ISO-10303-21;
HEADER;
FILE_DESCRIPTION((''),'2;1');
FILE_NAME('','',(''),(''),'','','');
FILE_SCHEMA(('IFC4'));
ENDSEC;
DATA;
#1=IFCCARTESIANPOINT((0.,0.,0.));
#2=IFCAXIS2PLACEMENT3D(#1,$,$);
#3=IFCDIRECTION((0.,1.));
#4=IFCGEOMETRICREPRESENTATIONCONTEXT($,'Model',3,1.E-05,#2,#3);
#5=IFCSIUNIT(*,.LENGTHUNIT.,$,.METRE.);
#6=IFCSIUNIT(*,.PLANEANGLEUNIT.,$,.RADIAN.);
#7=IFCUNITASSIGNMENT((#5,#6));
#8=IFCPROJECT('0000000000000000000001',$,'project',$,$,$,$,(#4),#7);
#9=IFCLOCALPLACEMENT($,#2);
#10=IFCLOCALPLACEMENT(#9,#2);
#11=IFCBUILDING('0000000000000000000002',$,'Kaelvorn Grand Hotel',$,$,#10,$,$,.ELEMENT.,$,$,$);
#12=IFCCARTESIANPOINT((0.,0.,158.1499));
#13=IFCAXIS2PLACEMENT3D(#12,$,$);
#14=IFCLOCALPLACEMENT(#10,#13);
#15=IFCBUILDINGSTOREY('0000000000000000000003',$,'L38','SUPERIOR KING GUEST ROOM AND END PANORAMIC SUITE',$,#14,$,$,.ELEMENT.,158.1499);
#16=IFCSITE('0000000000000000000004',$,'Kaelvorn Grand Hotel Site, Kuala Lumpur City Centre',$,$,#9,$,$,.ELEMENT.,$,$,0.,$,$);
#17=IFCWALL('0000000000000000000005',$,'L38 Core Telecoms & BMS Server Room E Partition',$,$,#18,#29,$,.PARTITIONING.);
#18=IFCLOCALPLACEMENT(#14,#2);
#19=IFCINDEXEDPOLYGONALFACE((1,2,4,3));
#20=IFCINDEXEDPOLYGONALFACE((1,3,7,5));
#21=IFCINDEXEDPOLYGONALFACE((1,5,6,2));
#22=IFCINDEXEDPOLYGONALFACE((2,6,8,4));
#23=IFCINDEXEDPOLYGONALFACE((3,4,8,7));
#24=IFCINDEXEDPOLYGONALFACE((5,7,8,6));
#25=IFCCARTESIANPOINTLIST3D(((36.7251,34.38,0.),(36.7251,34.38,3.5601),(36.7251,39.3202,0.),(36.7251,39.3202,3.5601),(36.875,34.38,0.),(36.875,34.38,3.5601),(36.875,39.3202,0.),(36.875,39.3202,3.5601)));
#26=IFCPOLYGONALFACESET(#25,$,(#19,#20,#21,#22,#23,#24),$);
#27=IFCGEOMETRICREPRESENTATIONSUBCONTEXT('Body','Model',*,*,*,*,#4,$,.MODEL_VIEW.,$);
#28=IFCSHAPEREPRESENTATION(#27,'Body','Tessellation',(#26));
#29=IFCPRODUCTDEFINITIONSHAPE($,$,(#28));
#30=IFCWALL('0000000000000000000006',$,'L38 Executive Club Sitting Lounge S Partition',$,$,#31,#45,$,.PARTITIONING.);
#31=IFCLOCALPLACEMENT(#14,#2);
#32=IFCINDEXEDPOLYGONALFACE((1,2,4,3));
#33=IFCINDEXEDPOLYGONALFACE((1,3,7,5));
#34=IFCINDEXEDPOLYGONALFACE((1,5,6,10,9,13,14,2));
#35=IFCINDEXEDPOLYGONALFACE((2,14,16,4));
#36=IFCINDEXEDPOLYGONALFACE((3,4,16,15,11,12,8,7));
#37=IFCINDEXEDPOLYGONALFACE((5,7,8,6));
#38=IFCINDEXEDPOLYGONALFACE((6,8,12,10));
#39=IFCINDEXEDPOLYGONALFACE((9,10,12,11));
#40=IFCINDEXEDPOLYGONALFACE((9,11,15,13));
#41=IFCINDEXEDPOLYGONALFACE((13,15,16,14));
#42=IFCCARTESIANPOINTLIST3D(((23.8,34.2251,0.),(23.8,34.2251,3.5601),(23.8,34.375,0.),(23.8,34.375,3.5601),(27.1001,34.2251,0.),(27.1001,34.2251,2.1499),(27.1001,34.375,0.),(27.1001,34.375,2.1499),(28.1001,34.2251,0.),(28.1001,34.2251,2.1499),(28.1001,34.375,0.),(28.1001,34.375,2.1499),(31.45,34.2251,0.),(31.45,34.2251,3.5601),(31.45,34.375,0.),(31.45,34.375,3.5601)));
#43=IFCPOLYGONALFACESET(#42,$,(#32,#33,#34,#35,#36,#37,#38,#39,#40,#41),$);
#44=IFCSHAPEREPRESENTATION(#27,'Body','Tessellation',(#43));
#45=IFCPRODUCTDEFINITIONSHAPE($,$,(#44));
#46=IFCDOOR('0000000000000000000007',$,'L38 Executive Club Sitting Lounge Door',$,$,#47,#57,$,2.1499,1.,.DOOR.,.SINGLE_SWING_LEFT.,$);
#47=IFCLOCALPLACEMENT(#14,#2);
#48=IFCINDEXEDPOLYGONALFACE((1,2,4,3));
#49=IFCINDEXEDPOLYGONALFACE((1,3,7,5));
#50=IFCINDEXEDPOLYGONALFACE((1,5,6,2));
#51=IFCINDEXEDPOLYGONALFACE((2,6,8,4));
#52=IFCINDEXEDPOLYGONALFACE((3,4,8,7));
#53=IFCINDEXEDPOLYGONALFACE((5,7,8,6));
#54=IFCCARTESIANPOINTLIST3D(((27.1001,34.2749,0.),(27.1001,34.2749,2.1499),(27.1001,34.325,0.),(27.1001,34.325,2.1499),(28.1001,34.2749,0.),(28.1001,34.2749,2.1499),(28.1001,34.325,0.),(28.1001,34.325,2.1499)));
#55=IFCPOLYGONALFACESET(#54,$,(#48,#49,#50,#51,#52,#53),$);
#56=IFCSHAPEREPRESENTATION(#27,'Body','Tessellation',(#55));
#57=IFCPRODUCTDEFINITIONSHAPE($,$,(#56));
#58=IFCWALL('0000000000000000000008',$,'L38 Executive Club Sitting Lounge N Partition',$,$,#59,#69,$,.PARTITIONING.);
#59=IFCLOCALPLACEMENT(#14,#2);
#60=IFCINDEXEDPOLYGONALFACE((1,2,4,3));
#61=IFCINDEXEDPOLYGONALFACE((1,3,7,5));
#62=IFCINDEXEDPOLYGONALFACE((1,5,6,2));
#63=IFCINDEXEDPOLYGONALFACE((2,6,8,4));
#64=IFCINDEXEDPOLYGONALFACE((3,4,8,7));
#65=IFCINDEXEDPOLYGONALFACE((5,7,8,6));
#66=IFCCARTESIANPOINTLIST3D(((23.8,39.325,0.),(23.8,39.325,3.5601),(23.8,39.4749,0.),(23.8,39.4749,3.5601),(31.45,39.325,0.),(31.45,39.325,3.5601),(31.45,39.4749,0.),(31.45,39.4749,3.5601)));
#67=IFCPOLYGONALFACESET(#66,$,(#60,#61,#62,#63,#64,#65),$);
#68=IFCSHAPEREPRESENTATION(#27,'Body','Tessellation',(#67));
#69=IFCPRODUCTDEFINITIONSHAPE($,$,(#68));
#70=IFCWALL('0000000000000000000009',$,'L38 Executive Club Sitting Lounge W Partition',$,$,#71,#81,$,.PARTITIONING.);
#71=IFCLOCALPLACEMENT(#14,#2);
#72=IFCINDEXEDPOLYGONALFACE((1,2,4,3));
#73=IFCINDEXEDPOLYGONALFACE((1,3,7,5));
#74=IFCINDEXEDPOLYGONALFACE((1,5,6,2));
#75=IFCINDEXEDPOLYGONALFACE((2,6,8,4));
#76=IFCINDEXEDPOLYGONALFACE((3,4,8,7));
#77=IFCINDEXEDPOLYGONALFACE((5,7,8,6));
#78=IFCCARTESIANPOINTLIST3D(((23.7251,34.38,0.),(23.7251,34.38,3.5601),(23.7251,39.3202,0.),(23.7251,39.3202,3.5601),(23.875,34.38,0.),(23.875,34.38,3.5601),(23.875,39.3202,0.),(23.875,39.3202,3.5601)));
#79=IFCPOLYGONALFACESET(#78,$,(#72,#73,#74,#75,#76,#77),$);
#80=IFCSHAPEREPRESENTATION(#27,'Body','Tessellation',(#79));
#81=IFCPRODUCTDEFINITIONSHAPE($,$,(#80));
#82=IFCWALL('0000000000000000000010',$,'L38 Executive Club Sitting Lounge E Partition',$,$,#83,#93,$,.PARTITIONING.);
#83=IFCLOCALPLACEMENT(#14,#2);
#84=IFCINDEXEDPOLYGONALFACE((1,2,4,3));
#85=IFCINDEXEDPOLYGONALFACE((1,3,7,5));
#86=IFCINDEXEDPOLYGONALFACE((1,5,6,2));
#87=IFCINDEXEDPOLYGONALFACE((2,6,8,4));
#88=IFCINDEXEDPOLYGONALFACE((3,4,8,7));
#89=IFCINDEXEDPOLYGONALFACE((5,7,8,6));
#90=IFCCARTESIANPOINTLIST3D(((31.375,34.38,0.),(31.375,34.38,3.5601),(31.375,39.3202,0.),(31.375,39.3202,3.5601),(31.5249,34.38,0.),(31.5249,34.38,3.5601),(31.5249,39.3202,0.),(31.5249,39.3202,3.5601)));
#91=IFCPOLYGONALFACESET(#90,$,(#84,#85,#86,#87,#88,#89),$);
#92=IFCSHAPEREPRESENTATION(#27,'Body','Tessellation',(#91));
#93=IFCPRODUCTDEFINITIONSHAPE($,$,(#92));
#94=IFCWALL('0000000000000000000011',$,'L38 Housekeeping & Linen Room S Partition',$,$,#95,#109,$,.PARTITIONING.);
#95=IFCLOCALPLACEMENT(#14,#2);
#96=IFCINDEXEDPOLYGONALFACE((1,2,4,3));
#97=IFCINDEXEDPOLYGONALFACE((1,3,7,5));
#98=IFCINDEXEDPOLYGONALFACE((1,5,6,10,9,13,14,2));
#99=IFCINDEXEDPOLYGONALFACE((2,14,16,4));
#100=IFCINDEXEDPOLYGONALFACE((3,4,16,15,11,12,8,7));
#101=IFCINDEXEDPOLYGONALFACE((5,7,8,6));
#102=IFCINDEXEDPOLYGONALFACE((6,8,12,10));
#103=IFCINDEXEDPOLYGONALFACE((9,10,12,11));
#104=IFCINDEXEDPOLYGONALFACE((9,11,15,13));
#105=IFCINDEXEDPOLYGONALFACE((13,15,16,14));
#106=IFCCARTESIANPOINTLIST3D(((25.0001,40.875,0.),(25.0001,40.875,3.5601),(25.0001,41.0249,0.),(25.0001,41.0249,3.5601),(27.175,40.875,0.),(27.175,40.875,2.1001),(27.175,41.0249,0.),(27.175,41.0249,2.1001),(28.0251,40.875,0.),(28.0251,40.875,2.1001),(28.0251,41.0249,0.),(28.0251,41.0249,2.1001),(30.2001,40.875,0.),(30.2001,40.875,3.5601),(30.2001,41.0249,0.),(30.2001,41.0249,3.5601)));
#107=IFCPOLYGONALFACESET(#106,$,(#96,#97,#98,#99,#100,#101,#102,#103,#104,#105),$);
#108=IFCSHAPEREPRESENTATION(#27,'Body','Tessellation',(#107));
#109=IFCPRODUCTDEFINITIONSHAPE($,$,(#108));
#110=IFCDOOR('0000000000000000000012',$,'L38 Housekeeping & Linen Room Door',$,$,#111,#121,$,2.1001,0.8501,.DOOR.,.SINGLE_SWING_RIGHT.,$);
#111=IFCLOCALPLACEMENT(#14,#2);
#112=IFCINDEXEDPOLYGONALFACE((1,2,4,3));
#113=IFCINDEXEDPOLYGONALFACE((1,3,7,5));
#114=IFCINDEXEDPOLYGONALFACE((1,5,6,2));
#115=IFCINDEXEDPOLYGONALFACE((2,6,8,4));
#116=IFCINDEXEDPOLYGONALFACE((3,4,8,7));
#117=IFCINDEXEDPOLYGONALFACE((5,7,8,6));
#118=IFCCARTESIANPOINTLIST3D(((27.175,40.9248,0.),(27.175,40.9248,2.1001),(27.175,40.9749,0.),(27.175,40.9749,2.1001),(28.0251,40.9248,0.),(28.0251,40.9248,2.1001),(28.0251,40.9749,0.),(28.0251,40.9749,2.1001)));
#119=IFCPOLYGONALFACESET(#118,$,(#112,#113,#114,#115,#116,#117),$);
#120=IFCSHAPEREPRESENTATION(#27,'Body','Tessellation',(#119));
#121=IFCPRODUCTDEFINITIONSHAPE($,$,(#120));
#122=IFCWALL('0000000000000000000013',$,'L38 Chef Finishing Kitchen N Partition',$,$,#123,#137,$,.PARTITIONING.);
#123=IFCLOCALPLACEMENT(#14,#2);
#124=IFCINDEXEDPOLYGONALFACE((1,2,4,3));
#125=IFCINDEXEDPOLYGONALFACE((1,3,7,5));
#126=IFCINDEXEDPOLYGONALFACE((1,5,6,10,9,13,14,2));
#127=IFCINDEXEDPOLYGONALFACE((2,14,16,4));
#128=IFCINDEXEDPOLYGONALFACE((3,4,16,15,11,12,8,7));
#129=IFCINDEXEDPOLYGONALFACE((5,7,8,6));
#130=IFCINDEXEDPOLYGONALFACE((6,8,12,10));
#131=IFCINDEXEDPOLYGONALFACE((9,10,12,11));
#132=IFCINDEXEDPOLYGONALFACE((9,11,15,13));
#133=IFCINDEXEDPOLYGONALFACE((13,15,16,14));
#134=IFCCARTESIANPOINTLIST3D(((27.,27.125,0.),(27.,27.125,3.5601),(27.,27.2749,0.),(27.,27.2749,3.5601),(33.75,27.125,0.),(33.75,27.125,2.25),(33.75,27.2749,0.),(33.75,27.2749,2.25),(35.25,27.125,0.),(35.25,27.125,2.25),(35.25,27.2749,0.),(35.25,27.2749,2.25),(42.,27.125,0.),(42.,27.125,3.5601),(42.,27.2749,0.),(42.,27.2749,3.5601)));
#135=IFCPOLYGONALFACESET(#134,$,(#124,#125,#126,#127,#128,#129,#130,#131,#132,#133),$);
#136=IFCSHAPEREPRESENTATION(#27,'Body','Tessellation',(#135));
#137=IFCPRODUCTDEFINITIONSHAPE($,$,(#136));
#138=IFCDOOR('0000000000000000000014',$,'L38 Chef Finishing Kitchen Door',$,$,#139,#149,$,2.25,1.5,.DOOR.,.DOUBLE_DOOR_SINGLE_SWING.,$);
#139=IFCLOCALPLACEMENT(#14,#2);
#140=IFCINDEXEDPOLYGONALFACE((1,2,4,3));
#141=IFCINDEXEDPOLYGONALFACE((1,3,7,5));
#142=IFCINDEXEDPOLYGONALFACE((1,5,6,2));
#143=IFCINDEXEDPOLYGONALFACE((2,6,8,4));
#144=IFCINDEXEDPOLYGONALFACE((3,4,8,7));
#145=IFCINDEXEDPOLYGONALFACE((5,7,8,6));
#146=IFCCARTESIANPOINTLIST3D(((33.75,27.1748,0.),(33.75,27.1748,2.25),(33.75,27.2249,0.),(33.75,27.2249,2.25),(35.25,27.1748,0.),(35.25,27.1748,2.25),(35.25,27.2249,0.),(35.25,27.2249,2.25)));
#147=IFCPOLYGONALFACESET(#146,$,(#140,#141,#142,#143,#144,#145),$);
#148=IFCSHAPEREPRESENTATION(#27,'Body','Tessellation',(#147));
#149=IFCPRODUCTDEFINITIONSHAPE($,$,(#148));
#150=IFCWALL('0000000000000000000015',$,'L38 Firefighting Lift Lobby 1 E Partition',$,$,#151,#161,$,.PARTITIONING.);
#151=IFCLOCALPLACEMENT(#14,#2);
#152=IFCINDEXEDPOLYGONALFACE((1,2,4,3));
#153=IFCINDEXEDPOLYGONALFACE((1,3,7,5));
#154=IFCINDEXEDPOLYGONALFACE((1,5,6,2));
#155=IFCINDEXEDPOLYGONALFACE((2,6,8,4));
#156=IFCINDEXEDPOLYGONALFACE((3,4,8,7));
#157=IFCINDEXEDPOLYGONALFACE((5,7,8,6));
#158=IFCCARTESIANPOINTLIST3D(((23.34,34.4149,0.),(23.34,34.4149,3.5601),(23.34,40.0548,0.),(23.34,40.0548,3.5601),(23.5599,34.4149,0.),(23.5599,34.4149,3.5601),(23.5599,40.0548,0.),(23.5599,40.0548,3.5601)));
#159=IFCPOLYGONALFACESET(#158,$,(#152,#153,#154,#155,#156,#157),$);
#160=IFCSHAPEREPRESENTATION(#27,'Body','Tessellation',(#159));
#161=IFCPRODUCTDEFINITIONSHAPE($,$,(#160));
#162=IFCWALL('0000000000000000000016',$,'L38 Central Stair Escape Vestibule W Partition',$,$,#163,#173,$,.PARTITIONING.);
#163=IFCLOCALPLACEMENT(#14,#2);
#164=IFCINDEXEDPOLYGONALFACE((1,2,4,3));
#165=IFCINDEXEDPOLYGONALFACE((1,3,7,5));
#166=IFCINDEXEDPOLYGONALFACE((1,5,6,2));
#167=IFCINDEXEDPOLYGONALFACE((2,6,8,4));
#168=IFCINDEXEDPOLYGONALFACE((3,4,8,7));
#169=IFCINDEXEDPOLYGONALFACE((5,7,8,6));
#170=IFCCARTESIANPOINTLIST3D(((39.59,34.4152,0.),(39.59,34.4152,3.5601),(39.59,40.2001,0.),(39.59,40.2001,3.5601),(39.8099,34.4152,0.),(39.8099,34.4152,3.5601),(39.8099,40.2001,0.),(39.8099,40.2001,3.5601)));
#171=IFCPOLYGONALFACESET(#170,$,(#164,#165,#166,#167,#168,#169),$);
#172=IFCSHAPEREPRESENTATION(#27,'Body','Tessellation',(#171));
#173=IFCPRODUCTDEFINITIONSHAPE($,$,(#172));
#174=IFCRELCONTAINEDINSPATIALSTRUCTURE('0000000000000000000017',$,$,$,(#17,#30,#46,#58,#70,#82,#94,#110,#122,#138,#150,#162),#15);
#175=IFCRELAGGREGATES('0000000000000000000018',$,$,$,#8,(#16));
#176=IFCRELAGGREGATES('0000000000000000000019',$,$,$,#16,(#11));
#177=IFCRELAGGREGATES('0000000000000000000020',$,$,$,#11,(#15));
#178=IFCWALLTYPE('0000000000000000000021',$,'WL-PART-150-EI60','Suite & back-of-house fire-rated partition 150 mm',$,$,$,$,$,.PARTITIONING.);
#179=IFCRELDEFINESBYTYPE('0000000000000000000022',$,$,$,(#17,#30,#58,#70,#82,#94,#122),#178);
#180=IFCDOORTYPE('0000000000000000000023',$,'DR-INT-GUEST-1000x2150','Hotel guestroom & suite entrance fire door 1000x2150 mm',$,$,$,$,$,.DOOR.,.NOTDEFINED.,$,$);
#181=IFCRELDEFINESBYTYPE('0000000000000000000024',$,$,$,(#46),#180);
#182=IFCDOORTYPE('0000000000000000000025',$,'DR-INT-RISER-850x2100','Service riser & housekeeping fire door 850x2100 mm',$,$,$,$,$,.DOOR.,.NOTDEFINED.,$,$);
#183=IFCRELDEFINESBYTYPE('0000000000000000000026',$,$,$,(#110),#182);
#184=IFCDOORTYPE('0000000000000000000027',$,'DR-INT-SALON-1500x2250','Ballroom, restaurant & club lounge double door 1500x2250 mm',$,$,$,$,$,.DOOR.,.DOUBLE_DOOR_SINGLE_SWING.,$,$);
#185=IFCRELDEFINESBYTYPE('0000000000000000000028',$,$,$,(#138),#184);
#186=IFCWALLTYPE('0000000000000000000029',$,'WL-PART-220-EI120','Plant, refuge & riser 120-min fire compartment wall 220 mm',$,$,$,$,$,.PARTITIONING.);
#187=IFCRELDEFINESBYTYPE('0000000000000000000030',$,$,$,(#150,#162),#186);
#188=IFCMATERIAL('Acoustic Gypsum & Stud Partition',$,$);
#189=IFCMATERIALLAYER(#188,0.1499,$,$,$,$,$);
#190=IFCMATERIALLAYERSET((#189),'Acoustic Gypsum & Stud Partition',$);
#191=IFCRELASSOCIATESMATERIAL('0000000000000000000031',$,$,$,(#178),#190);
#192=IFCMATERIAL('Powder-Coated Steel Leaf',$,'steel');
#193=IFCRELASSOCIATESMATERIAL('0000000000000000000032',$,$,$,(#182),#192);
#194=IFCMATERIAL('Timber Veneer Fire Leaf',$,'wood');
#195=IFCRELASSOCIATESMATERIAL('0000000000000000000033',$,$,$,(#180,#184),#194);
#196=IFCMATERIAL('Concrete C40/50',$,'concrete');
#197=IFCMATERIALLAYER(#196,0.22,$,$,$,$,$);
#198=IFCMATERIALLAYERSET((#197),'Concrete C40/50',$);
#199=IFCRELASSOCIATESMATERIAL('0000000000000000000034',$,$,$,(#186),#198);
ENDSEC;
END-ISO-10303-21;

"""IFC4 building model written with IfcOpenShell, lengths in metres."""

from ifc_helpers import new_model, si_unit, direction, frame, frame_2d, origin, place, context, subcontext, project, spatial, rectangle, extrude, material, layer, layer_set, type_object, element, fill, save


model = new_model("IFC4")

# Units and contexts
model_context = context("Model", 3, precision=1e-05, world=origin(), true_north=direction((0.0, 1.0)))
body_context = subcontext(model_context, "Body", "Model", "MODEL_VIEW")
ifc_project = project(units=[si_unit("LENGTHUNIT", "METRE"), si_unit("PLANEANGLEUNIT", "RADIAN")], contexts=[model_context])

# Site, building, storey
site_placement = place(None, origin())
site = spatial("IfcSite", under=ifc_project, at=site_placement, Name="Kaelvorn Grand Hotel Site, Kuala Lumpur City Centre", CompositionType="ELEMENT", RefElevation=0.0)
building_placement = place(site_placement, origin())
building = spatial("IfcBuilding", under=site, at=building_placement, Name="Kaelvorn Grand Hotel", CompositionType="ELEMENT")
storey_placement = place(building_placement, frame((0.0, 0.0, 158.1499)))
storey = spatial("IfcBuildingStorey", under=building, at=storey_placement, Name="L38", Description="SUPERIOR KING GUEST ROOM AND END PANORAMIC SUITE", CompositionType="ELEMENT", Elevation=158.1499)

# Shared definitions
ifc_material_1 = material(Name="Acoustic Gypsum & Stud Partition")
ifc_layer_1 = layer(ifc_material_1, 0.1499)
ifc_layer_set_1 = layer_set([ifc_layer_1], Name="Acoustic Gypsum & Stud Partition")
wall_type_1 = type_object("IfcWallType", Name="WL-PART-150-EI60", Description="Suite & back-of-house fire-rated partition 150 mm", PredefinedType="PARTITIONING", material=ifc_layer_set_1)
ifc_material_2 = material(Name="Powder-Coated Steel Leaf", Category="steel")
door_type_1 = type_object("IfcDoorType", Name="DR-INT-RISER-850x2100", Description="Service riser & housekeeping fire door 850x2100 mm", OperationType="NOTDEFINED", PredefinedType="DOOR", material=ifc_material_2)

# Wall
for number, where, z_axis, x_axis, name in (
    (1, (36.8, 34.3799, 0.0), (0.0, 0.0, 1.0), (0.0, 1.0, 0.0), "L38 Core Telecoms & BMS Server Room E Partition"),
):
    element("IfcWall", number, at=place(storey_placement, frame(where, z_axis=z_axis, x_axis=x_axis)), inside=storey, type_object=wall_type_1, Name=name, PredefinedType="PARTITIONING", context=body_context, shape_type="SweptSolid", body=[
        extrude(rectangle(XDim=4.9402, YDim=0.1499, at=frame_2d((2.4702, 0.0))), origin(), (0.0, 0.0, 1.0), 3.5601),
    ])

# Wall, opening, door
wall_1_placement = place(storey_placement, frame((23.8, 34.3, 0.0), z_axis=(0.0, 0.0, 1.0), x_axis=(1.0, 0.0, 0.0)))
wall_1 = element("IfcWall", 2, at=wall_1_placement, inside=storey, type_object=wall_type_1, Name="L38 Executive Club Sitting Lounge S Partition", PredefinedType="PARTITIONING", context=body_context, shape_type="SweptSolid", body=[
    extrude(rectangle(XDim=7.6499, YDim=0.1499, at=frame_2d((3.825, 0.0))), origin(), (0.0, 0.0, 1.0), 3.5601),
])
opening_1_placement = place(wall_1_placement, frame((3.3, 0.0, 0.0)))
opening_1 = element("IfcOpeningElement", 3, at=opening_1_placement, cuts=wall_1, PredefinedType="OPENING", context=body_context, shape_type="SweptSolid", body=[
    extrude(rectangle(XDim=1.0, YDim=2.1499, at=frame_2d((0.5, 1.075))), frame((0.0, 0.085, 0.0), z_axis=(0.0, -1.0, 0.0), x_axis=(1.0, 0.0, 0.0)), (0.0, 0.0, 1.0), 0.1699),
])
ifc_material_3 = material(Name="Timber Veneer Fire Leaf", Category="wood")
door_type_2 = type_object("IfcDoorType", Name="DR-INT-GUEST-1000x2150", Description="Hotel guestroom & suite entrance fire door 1000x2150 mm", OperationType="NOTDEFINED", PredefinedType="DOOR", material=ifc_material_3)
door_1_placement = place(opening_1_placement, origin())
door_1 = element("IfcDoor", 4, at=door_1_placement, inside=storey, type_object=door_type_2, Name="L38 Executive Club Sitting Lounge Door", OperationType="SINGLE_SWING_LEFT", OverallHeight=2.1499, OverallWidth=1.0, PredefinedType="DOOR", context=body_context, shape_type="SweptSolid", body=[
    extrude(rectangle(XDim=1.0, YDim=2.1499, at=frame_2d((0.5, 1.075))), frame((0.0, 0.0249, 0.0), z_axis=(0.0, -1.0, 0.0), x_axis=(1.0, 0.0, 0.0)), (0.0, 0.0, 1.0), 0.05),
])
fill(opening_1, door_1)

# Walls
wall_2_placement = place(storey_placement, frame((23.8, 39.3999, 0.0), z_axis=(0.0, 0.0, 1.0), x_axis=(1.0, 0.0, 0.0)))
element("IfcWall", 5, at=wall_2_placement, inside=storey, type_object=wall_type_1, Name="L38 Executive Club Sitting Lounge N Partition", PredefinedType="PARTITIONING", context=body_context, shape_type="SweptSolid", body=[
    extrude(rectangle(XDim=7.6499, YDim=0.1499, at=frame_2d((3.825, 0.0))), origin(), (0.0, 0.0, 1.0), 3.5601),
])
for number, where, z_axis, x_axis, name in (
    (6, (23.8, 34.3799, 0.0), (0.0, 0.0, 1.0), (0.0, 1.0, 0.0), "L38 Executive Club Sitting Lounge W Partition"),
    (7, (31.45, 34.3799, 0.0), (0.0, 0.0, 1.0), (0.0, 1.0, 0.0), "L38 Executive Club Sitting Lounge E Partition"),
):
    element("IfcWall", number, at=place(storey_placement, frame(where, z_axis=z_axis, x_axis=x_axis)), inside=storey, type_object=wall_type_1, Name=name, PredefinedType="PARTITIONING", context=body_context, shape_type="SweptSolid", body=[
        extrude(rectangle(XDim=4.9402, YDim=0.1499, at=frame_2d((2.4702, 0.0))), origin(), (0.0, 0.0, 1.0), 3.5601),
    ])

# Walls, openings, doors
wall_3_placement = place(storey_placement, frame((25.0, 40.95, 0.0), z_axis=(0.0, 0.0, 1.0), x_axis=(1.0, 0.0, 0.0)))
wall_3 = element("IfcWall", 8, at=wall_3_placement, inside=storey, type_object=wall_type_1, Name="L38 Housekeeping & Linen Room S Partition", PredefinedType="PARTITIONING", context=body_context, shape_type="SweptSolid", body=[
    extrude(rectangle(XDim=5.2, YDim=0.1499, at=frame_2d((2.6001, 0.0))), origin(), (0.0, 0.0, 1.0), 3.5601),
])
opening_2_placement = place(wall_3_placement, frame((2.175, 0.0, 0.0)))
opening_2 = element("IfcOpeningElement", 9, at=opening_2_placement, cuts=wall_3, PredefinedType="OPENING", context=body_context, shape_type="SweptSolid", body=[
    extrude(rectangle(XDim=0.8501, YDim=2.1001, at=frame_2d((0.425, 1.05))), frame((0.0, 0.085, 0.0), z_axis=(0.0, -1.0, 0.0), x_axis=(1.0, 0.0, 0.0)), (0.0, 0.0, 1.0), 0.1699),
])
door_2_placement = place(opening_2_placement, origin())
door_2 = element("IfcDoor", 10, at=door_2_placement, inside=storey, type_object=door_type_1, Name="L38 Housekeeping & Linen Room Door", OperationType="SINGLE_SWING_RIGHT", OverallHeight=2.1001, OverallWidth=0.8501, PredefinedType="DOOR", context=body_context, shape_type="SweptSolid", body=[
    extrude(rectangle(XDim=0.8501, YDim=2.1001, at=frame_2d((0.425, 1.05))), frame((0.0, 0.0249, 0.0), z_axis=(0.0, -1.0, 0.0), x_axis=(1.0, 0.0, 0.0)), (0.0, 0.0, 1.0), 0.05),
])
fill(opening_2, door_2)
wall_4_placement = place(storey_placement, frame((27.0, 27.2, 0.0), z_axis=(0.0, 0.0, 1.0), x_axis=(1.0, 0.0, 0.0)))
wall_4 = element("IfcWall", 11, at=wall_4_placement, inside=storey, type_object=wall_type_1, Name="L38 Chef Finishing Kitchen N Partition", PredefinedType="PARTITIONING", context=body_context, shape_type="SweptSolid", body=[
    extrude(rectangle(XDim=15.0, YDim=0.1499, at=frame_2d((7.5, 0.0))), origin(), (0.0, 0.0, 1.0), 3.5601),
])
opening_3_placement = place(wall_4_placement, frame((6.75, 0.0, 0.0)))
opening_3 = element("IfcOpeningElement", 12, at=opening_3_placement, cuts=wall_4, PredefinedType="OPENING", context=body_context, shape_type="SweptSolid", body=[
    extrude(rectangle(XDim=1.5, YDim=2.25, at=frame_2d((0.75, 1.125))), frame((0.0, 0.085, 0.0), z_axis=(0.0, -1.0, 0.0), x_axis=(1.0, 0.0, 0.0)), (0.0, 0.0, 1.0), 0.1699),
])
door_type_3 = type_object("IfcDoorType", Name="DR-INT-SALON-1500x2250", Description="Ballroom, restaurant & club lounge double door 1500x2250 mm", OperationType="DOUBLE_DOOR_SINGLE_SWING", PredefinedType="DOOR", material=ifc_material_3)
door_3_placement = place(opening_3_placement, origin())
door_3 = element("IfcDoor", 13, at=door_3_placement, inside=storey, type_object=door_type_3, Name="L38 Chef Finishing Kitchen Door", OperationType="DOUBLE_DOOR_SINGLE_SWING", OverallHeight=2.25, OverallWidth=1.5, PredefinedType="DOOR", context=body_context, shape_type="SweptSolid", body=[
    extrude(rectangle(XDim=1.5, YDim=2.25, at=frame_2d((0.75, 1.125))), frame((0.0, 0.0249, 0.0), z_axis=(0.0, -1.0, 0.0), x_axis=(1.0, 0.0, 0.0)), (0.0, 0.0, 1.0), 0.05),
])
fill(opening_3, door_3)

# Wall
ifc_material_4 = material(Name="Concrete C40/50", Category="concrete")
ifc_layer_2 = layer(ifc_material_4, 0.22)
ifc_layer_set_2 = layer_set([ifc_layer_2], Name="Concrete C40/50")
wall_type_2 = type_object("IfcWallType", Name="WL-PART-220-EI120", Description="Plant, refuge & riser 120-min fire compartment wall 220 mm", PredefinedType="PARTITIONING", material=ifc_layer_set_2)
wall_5_placement = place(storey_placement, frame((23.45, 34.415, 0.0), z_axis=(0.0, 0.0, 1.0), x_axis=(0.0, 1.0, 0.0)))
element("IfcWall", 14, at=wall_5_placement, inside=storey, type_object=wall_type_2, Name="L38 Firefighting Lift Lobby 1 E Partition", PredefinedType="PARTITIONING", context=body_context, shape_type="SweptSolid", body=[
    extrude(rectangle(XDim=5.6399, YDim=0.22, at=frame_2d((2.8198, 0.0))), origin(), (0.0, 0.0, 1.0), 3.5601),
])

# Wall
wall_6_placement = place(storey_placement, frame((39.7, 34.415, 0.0), z_axis=(0.0, 0.0, 1.0), x_axis=(0.0, 1.0, 0.0)))
element("IfcWall", 15, at=wall_6_placement, inside=storey, type_object=wall_type_2, Name="L38 Central Stair Escape Vestibule W Partition", PredefinedType="PARTITIONING", context=body_context, shape_type="SweptSolid", body=[
    extrude(rectangle(XDim=5.7849, YDim=0.22, at=frame_2d((2.8926, 0.0))), origin(), (0.0, 0.0, 1.0), 3.5601),
])

save(model, "model.ifc")
